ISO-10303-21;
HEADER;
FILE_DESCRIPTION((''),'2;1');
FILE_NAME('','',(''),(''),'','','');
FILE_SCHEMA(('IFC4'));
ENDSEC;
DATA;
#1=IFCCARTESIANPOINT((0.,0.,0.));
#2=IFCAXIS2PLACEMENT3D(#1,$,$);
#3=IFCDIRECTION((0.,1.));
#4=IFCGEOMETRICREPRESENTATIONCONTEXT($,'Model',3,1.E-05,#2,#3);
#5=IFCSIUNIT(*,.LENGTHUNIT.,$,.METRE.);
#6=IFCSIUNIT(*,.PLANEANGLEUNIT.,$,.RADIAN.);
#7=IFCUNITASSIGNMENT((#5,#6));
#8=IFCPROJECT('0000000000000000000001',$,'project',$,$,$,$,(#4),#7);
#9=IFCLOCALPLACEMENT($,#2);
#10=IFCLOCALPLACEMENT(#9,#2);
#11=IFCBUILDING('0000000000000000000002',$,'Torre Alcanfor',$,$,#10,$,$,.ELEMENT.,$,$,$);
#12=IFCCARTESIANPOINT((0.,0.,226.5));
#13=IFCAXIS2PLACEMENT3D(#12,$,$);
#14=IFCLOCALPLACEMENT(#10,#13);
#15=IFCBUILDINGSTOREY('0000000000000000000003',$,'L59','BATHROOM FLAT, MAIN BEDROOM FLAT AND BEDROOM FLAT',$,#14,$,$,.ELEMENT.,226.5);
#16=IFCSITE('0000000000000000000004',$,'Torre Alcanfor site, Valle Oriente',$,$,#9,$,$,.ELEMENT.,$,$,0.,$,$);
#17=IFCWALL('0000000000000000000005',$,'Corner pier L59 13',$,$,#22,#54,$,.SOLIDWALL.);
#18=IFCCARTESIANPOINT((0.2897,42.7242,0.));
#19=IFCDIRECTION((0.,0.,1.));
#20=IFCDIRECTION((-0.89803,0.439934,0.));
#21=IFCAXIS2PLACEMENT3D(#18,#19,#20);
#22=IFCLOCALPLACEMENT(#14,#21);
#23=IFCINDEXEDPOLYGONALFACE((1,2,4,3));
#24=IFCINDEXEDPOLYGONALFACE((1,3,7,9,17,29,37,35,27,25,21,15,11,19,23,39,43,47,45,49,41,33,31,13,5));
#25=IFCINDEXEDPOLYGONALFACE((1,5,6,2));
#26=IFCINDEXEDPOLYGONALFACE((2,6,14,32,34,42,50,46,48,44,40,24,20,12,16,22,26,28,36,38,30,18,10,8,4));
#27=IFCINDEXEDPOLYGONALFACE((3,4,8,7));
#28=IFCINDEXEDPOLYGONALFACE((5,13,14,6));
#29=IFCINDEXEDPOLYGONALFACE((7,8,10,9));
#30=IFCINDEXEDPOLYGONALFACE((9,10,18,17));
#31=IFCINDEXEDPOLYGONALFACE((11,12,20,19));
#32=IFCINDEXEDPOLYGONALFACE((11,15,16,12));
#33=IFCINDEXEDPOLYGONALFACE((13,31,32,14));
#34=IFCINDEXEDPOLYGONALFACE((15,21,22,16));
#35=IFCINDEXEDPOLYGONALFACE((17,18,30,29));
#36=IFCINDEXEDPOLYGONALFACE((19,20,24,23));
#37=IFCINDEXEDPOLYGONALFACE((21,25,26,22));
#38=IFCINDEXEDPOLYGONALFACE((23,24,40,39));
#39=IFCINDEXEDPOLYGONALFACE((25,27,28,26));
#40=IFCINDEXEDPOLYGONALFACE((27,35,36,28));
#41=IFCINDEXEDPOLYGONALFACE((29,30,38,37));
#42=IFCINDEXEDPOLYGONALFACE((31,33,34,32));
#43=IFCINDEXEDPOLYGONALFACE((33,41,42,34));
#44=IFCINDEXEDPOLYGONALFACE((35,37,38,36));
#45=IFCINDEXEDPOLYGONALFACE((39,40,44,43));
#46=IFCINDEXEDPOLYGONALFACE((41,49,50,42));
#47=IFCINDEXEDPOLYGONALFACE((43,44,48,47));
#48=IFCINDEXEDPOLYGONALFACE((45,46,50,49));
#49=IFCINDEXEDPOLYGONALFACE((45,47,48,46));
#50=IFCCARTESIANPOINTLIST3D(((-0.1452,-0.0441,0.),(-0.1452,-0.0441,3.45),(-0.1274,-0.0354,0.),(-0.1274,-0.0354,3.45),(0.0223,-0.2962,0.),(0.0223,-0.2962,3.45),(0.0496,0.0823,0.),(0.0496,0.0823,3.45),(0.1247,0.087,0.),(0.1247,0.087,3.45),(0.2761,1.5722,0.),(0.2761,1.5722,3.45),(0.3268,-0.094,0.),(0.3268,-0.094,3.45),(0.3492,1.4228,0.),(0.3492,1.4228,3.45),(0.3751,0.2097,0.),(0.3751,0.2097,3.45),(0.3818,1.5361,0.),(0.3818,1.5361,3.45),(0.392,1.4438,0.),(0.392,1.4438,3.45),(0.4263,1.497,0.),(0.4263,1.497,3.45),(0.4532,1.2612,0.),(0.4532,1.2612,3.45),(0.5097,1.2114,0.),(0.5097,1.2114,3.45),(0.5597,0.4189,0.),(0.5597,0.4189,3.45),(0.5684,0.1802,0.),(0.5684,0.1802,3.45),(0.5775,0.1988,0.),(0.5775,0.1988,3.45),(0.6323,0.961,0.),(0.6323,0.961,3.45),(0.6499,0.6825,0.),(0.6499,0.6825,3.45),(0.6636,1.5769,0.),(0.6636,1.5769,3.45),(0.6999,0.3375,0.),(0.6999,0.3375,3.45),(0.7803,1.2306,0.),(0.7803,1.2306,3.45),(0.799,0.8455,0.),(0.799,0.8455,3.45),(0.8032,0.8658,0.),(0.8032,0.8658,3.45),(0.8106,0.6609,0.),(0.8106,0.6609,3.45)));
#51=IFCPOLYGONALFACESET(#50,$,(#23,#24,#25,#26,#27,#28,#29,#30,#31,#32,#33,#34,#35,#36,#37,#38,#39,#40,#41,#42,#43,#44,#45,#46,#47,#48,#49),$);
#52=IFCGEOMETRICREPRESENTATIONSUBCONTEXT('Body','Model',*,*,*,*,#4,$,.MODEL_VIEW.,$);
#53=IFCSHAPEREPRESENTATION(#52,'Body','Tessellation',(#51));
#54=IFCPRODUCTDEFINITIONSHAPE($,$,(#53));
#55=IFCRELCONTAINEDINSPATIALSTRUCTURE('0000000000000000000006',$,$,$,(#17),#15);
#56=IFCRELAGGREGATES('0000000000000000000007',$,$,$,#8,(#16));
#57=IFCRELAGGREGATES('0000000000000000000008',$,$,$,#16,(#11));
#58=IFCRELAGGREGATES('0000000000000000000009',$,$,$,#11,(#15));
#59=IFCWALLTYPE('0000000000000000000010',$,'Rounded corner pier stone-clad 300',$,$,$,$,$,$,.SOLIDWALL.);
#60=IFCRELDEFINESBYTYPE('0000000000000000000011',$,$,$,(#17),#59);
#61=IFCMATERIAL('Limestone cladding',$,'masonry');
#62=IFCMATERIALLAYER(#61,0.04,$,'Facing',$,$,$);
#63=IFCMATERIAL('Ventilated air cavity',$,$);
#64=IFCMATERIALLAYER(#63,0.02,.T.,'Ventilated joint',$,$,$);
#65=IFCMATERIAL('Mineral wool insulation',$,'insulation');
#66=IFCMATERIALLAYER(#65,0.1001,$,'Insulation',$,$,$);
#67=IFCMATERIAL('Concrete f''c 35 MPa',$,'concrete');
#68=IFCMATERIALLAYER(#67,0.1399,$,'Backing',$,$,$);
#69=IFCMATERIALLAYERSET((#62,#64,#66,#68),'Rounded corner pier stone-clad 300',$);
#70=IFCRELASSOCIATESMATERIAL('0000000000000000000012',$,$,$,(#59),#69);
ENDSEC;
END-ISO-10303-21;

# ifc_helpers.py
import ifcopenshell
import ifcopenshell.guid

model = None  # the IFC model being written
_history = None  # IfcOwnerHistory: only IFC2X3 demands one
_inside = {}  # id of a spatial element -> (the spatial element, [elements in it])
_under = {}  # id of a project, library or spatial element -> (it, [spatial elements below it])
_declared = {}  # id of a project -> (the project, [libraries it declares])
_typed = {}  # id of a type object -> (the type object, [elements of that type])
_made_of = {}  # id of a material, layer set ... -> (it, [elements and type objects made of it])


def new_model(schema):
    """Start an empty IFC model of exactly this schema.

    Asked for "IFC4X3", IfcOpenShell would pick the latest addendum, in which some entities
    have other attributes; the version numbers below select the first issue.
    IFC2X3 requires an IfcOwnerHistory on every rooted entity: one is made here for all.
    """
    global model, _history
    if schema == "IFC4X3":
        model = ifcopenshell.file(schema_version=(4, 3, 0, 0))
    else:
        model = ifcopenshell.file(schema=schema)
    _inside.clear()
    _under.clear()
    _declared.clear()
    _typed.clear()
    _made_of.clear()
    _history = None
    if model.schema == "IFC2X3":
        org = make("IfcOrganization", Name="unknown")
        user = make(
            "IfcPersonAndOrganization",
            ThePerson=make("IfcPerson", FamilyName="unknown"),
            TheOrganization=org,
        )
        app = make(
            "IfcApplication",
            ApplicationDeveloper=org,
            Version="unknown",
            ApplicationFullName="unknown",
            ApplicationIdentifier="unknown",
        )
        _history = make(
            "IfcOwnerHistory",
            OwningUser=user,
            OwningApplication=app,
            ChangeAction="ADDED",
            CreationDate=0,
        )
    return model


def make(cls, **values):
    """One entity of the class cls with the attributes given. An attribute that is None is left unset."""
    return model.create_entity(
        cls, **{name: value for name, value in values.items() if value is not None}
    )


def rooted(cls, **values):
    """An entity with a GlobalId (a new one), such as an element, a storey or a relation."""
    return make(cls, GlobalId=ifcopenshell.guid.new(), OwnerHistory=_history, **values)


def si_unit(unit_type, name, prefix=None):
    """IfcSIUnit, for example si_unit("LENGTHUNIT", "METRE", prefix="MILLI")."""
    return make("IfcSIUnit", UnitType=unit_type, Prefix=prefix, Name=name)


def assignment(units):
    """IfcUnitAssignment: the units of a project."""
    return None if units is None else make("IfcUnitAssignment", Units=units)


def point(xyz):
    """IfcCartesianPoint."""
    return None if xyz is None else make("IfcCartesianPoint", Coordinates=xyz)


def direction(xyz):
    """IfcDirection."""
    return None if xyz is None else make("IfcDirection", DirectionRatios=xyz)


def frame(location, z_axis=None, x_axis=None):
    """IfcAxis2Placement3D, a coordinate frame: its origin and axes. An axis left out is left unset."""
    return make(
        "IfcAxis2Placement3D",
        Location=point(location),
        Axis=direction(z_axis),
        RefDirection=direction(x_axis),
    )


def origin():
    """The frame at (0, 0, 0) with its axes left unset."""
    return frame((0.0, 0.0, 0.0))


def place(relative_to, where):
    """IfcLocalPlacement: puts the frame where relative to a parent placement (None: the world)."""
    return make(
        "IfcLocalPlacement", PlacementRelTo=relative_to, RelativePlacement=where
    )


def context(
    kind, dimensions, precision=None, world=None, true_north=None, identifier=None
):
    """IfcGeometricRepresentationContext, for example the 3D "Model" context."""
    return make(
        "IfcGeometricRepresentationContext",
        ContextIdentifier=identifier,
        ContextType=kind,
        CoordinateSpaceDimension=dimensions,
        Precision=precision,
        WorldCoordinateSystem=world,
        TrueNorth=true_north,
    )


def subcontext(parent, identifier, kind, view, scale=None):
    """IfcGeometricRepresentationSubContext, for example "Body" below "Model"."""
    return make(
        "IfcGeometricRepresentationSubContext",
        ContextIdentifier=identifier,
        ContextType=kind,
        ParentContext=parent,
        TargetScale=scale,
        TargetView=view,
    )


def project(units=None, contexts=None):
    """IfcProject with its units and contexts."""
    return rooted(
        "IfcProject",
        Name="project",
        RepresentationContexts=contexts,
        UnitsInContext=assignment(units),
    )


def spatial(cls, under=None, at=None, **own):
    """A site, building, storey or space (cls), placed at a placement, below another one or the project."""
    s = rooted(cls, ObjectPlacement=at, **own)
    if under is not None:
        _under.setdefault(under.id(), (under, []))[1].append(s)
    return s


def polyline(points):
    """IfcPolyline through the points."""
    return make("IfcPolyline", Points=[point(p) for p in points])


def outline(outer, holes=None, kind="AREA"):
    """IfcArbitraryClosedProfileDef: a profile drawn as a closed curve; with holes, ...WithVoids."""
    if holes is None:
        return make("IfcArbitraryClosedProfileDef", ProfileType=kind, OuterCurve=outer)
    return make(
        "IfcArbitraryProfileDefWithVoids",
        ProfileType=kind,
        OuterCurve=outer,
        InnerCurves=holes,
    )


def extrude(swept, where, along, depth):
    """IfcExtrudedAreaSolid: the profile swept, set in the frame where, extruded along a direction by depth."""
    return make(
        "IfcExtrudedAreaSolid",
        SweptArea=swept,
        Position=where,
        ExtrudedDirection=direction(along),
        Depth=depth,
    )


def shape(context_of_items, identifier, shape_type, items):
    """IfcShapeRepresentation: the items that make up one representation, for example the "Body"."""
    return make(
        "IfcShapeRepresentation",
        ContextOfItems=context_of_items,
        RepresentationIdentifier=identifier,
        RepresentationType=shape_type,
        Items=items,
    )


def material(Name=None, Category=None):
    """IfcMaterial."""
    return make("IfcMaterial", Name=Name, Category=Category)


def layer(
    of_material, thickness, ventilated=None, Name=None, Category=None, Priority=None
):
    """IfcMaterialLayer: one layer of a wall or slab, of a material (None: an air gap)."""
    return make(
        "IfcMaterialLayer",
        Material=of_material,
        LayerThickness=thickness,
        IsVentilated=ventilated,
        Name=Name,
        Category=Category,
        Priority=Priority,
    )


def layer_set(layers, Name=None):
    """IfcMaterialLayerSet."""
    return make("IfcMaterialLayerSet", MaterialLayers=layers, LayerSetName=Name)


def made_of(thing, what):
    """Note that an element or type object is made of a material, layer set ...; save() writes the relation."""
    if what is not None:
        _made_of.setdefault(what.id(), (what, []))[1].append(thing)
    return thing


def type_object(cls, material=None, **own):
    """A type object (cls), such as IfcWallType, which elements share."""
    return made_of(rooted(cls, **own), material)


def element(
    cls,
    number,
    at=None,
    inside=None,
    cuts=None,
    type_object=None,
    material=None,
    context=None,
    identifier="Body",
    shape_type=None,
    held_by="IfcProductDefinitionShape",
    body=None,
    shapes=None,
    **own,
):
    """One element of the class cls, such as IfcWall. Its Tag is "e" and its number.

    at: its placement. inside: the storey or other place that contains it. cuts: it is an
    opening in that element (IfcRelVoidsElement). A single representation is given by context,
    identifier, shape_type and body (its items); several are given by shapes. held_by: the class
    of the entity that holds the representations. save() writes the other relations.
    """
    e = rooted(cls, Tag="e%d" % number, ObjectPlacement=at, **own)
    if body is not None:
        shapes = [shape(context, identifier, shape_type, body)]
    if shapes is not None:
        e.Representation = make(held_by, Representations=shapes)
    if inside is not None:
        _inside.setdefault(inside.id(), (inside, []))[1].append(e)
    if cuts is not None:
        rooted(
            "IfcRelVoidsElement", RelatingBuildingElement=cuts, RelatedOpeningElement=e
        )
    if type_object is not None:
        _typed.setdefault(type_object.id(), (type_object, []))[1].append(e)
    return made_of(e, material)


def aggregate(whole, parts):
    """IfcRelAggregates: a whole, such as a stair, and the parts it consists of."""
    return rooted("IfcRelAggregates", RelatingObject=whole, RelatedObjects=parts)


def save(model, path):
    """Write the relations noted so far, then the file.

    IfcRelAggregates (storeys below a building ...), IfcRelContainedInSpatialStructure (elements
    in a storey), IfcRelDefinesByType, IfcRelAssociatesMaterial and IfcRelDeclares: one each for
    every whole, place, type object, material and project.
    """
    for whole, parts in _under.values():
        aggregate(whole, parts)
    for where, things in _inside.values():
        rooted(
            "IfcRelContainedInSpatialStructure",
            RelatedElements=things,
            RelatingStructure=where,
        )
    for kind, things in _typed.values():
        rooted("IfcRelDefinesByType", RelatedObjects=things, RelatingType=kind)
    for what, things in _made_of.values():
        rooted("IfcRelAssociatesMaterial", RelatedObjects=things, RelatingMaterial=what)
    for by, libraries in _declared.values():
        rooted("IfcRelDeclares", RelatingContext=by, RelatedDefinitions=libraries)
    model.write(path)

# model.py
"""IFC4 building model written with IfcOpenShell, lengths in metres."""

from ifc_helpers import new_model, si_unit, direction, frame, origin, place, context, subcontext, project, spatial, polyline, outline, extrude, material, layer, layer_set, type_object, element, save


model = new_model("IFC4")

# Units and contexts
model_context = context("Model", 3, precision=1e-05, world=origin(), true_north=direction((0.0, 1.0)))
body_context = subcontext(model_context, "Body", "Model", "MODEL_VIEW")
ifc_project = project(units=[si_unit("LENGTHUNIT", "METRE"), si_unit("PLANEANGLEUNIT", "RADIAN")], contexts=[model_context])

# Site, building, storey
site_placement = place(None, origin())
site = spatial("IfcSite", under=ifc_project, at=site_placement, Name="Torre Alcanfor site, Valle Oriente", CompositionType="ELEMENT", RefElevation=0.0)
building_placement = place(site_placement, origin())
building = spatial("IfcBuilding", under=site, at=building_placement, Name="Torre Alcanfor", CompositionType="ELEMENT")
storey_placement = place(building_placement, frame((0.0, 0.0, 226.5)))
storey = spatial("IfcBuildingStorey", under=building, at=storey_placement, Name="L59", Description="BATHROOM FLAT, MAIN BEDROOM FLAT AND BEDROOM FLAT", CompositionType="ELEMENT", Elevation=226.5)

# Wall
ifc_material_1 = material(Name="Limestone cladding", Category="masonry")
ifc_layer_1 = layer(ifc_material_1, 0.04, Name="Facing")
ifc_material_2 = material(Name="Ventilated air cavity")
ifc_layer_2 = layer(ifc_material_2, 0.02, ventilated=True, Name="Ventilated joint")
ifc_material_3 = material(Name="Mineral wool insulation", Category="insulation")
ifc_layer_3 = layer(ifc_material_3, 0.1001, Name="Insulation")
ifc_material_4 = material(Name="Concrete f'c 35 MPa", Category="concrete")
ifc_layer_4 = layer(ifc_material_4, 0.1399, Name="Backing")
ifc_layer_set_1 = layer_set([ifc_layer_1, ifc_layer_2, ifc_layer_3, ifc_layer_4], Name="Rounded corner pier stone-clad 300")
wall_type_1 = type_object("IfcWallType", Name="Rounded corner pier stone-clad 300", PredefinedType="SOLIDWALL", material=ifc_layer_set_1)
wall_1_placement = place(storey_placement, frame((0.2897, 42.7242, 0.0), z_axis=(0.0, 0.0, 1.0), x_axis=(-0.89803, 0.439934, 0.0)))
element("IfcWall", 1, at=wall_1_placement, inside=storey, type_object=wall_type_1, Name="Corner pier L59 13", PredefinedType="SOLIDWALL", context=body_context, shape_type="SweptSolid", body=[
    extrude(outline(polyline([(-0.1452, -0.0441), (0.0223, -0.2962), (0.3268, -0.094), (0.5684, 0.1802), (0.5775, 0.1988), (0.6999, 0.3375), (0.8106, 0.6609), (0.799, 0.8455), (0.8032, 0.8658), (0.7803, 1.2306), (0.6636, 1.5769), (0.4263, 1.497), (0.3818, 1.5361), (0.2761, 1.5722), (0.3492, 1.4228), (0.392, 1.4438), (0.4532, 1.2612), (0.5097, 1.2114), (0.6323, 0.961), (0.6499, 0.6825), (0.5597, 0.4189), (0.3751, 0.2097), (0.1247, 0.087), (0.0496, 0.0823), (-0.1274, -0.0354), (-0.1452, -0.0441)])), origin(), (0.0, 0.0, 1.0), 3.45),
])

save(model, "model.ifc")
